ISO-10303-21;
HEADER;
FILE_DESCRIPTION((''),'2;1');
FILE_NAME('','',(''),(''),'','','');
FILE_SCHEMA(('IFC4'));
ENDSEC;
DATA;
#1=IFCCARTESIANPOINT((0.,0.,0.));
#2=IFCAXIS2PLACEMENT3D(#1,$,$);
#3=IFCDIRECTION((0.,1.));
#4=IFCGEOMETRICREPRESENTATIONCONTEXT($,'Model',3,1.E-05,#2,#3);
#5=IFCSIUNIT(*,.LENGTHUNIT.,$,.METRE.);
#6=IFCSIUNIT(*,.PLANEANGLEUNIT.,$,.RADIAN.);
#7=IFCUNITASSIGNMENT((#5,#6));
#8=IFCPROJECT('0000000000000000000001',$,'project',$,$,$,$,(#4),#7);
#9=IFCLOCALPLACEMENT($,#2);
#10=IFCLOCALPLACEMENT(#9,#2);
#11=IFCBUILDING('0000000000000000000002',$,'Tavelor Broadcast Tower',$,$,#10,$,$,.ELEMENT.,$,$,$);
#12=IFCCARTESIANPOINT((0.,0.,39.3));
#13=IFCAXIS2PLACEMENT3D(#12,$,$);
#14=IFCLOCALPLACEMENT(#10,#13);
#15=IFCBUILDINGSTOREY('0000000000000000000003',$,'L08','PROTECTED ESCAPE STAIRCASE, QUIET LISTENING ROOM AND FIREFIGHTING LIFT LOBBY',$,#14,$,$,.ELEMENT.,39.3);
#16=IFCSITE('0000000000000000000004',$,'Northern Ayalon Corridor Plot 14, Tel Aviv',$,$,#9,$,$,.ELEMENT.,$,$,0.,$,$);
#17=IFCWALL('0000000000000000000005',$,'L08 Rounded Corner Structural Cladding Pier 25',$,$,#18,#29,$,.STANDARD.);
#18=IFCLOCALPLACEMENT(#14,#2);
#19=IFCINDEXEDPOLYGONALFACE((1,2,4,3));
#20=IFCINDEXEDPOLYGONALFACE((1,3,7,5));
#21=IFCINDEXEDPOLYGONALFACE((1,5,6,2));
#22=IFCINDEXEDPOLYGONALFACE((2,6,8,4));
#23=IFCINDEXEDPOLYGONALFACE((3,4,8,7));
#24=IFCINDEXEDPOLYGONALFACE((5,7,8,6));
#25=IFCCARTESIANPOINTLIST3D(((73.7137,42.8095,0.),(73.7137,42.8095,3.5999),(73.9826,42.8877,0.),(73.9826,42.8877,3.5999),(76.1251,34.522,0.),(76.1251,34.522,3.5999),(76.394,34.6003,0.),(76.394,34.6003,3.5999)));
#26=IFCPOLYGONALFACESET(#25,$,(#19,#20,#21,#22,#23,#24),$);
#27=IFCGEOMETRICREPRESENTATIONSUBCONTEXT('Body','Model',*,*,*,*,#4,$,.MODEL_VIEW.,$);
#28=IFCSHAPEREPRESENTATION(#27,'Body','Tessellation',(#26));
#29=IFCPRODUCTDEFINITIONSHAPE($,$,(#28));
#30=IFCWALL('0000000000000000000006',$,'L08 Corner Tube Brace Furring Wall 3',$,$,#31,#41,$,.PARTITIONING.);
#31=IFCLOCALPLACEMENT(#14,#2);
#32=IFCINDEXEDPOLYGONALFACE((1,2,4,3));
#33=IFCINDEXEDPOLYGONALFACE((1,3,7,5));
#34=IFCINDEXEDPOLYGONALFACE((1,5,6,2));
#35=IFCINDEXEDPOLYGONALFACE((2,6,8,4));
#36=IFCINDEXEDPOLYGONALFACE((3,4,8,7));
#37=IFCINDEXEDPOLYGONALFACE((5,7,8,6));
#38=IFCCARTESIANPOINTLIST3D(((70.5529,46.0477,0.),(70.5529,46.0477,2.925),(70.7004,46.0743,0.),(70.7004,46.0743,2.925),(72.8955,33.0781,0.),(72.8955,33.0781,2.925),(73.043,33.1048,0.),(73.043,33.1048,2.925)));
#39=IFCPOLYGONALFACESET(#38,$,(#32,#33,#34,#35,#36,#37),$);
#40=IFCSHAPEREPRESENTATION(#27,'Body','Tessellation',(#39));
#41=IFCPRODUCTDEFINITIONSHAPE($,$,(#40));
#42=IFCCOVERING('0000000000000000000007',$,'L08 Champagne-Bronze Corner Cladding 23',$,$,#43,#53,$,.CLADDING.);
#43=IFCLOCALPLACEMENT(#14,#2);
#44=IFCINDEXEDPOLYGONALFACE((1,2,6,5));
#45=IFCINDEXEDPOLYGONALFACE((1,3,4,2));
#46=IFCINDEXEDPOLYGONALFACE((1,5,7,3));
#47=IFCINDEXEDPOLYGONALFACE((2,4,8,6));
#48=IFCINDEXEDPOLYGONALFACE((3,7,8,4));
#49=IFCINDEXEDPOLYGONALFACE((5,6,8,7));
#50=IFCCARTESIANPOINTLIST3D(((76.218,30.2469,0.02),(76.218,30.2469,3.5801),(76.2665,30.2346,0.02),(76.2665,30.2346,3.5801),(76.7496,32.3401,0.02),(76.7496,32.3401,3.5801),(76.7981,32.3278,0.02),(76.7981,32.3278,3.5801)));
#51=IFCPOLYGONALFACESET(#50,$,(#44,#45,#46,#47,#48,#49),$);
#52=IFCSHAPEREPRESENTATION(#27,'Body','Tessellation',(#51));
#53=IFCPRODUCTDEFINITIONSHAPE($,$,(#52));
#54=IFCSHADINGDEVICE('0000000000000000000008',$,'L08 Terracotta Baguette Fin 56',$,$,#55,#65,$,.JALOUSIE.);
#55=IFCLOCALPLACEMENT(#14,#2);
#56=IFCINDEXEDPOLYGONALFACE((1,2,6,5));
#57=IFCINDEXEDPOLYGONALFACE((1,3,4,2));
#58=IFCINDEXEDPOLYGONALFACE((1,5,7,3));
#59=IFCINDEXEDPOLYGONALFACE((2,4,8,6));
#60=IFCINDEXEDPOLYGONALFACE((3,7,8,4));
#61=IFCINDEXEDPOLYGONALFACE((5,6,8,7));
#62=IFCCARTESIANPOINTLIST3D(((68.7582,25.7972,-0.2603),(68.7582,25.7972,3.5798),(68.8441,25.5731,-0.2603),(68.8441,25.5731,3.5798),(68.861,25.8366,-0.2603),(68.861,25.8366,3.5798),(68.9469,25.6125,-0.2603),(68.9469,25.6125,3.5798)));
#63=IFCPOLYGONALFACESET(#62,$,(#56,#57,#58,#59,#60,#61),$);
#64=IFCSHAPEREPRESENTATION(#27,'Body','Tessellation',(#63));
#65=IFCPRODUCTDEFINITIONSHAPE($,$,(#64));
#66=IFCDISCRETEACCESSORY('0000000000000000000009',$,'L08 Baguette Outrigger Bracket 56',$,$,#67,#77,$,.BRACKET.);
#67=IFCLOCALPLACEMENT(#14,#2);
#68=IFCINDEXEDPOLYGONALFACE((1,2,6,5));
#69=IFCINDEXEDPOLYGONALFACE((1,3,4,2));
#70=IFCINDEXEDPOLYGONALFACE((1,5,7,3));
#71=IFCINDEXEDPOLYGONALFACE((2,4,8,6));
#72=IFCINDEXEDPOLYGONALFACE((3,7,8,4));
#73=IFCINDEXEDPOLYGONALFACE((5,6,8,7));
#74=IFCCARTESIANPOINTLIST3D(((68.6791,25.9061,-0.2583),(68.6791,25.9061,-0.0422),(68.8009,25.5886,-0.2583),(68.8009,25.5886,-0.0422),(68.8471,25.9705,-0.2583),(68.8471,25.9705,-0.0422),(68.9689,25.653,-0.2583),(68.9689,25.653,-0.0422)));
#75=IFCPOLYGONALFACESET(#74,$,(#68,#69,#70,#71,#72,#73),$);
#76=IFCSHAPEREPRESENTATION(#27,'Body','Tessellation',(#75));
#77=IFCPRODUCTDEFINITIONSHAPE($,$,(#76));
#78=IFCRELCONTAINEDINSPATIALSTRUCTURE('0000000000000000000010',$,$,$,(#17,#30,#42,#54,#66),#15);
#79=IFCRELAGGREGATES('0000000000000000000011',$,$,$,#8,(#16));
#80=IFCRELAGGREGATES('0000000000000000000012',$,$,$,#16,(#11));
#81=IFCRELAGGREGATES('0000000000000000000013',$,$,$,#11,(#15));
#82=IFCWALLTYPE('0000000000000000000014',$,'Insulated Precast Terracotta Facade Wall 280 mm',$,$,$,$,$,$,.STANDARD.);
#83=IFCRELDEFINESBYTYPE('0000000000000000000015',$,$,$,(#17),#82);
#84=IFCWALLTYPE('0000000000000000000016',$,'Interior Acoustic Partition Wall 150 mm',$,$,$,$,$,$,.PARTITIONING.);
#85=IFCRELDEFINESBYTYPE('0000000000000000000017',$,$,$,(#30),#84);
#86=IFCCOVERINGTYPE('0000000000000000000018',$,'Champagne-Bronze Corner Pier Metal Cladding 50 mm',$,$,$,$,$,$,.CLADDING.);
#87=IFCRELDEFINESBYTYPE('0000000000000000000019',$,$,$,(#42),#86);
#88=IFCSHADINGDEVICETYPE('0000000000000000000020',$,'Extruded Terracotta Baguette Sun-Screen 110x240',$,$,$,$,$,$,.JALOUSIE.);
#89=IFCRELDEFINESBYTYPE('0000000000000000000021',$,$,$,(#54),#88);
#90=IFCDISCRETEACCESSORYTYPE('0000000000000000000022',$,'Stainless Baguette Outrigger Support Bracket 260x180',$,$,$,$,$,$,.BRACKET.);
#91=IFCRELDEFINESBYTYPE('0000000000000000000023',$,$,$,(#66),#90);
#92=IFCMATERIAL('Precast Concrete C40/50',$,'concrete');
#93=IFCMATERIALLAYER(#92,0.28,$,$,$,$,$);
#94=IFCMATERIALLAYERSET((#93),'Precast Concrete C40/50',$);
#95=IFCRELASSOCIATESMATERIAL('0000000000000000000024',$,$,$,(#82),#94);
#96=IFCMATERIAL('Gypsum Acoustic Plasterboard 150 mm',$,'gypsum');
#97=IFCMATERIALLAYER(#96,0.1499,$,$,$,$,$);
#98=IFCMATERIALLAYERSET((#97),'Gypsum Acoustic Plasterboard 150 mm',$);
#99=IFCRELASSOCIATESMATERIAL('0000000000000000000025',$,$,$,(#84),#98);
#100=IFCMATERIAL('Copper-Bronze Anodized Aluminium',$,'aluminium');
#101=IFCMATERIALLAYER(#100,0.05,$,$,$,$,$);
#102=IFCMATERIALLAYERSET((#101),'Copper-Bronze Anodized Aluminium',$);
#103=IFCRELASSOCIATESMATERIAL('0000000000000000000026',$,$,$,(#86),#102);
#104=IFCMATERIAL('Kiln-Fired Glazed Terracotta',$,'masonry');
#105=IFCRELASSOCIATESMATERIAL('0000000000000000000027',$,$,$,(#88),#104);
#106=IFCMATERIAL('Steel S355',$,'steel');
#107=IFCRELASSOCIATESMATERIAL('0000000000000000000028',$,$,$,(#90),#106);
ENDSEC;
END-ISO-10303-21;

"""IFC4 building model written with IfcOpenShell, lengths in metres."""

from ifc_helpers import new_model, si_unit, direction, frame, frame_2d, origin, origin_2d, place, context, subcontext, project, spatial, rectangle, extrude, source, transform, mapped, material, layer, layer_set, type_object, type_shapes, element, save


model = new_model("IFC4")

# Units and contexts
model_context = context("Model", 3, precision=1e-05, world=origin(), true_north=direction((0.0, 1.0)))
body_context = subcontext(model_context, "Body", "Model", "MODEL_VIEW")
ifc_project = project(units=[si_unit("LENGTHUNIT", "METRE"), si_unit("PLANEANGLEUNIT", "RADIAN")], contexts=[model_context])

# Site, building, storey
site_placement = place(None, origin())
site = spatial("IfcSite", under=ifc_project, at=site_placement, Name="Northern Ayalon Corridor Plot 14, Tel Aviv", CompositionType="ELEMENT", RefElevation=0.0)
building_placement = place(site_placement, origin())
building = spatial("IfcBuilding", under=site, at=building_placement, Name="Tavelor Broadcast Tower", CompositionType="ELEMENT")
storey_placement = place(building_placement, frame((0.0, 0.0, 39.3)))
storey = spatial("IfcBuildingStorey", under=building, at=storey_placement, Name="L08", Description="PROTECTED ESCAPE STAIRCASE, QUIET LISTENING ROOM AND FIREFIGHTING LIFT LOBBY", CompositionType="ELEMENT", Elevation=39.3)

# Shared definitions
ifc_material_1 = material(Name="Steel S355", Category="steel")

# Walls
ifc_material_2 = material(Name="Precast Concrete C40/50", Category="concrete")
ifc_layer_1 = layer(ifc_material_2, 0.28)
ifc_layer_set_1 = layer_set([ifc_layer_1], Name="Precast Concrete C40/50")
wall_type_1 = type_object("IfcWallType", Name="Insulated Precast Terracotta Facade Wall 280 mm", PredefinedType="STANDARD", material=ifc_layer_set_1)
wall_1_placement = place(storey_placement, frame((76.2595, 34.5613, 0.0), z_axis=(0.0, 0.0, 1.0), x_axis=(-0.279384, 0.960179, 0.0)))
element("IfcWall", 1, at=wall_1_placement, inside=storey, type_object=wall_type_1, Name="L08 Rounded Corner Structural Cladding Pier 25", PredefinedType="STANDARD", context=body_context, shape_type="SweptSolid", body=[
    extrude(rectangle(XDim=8.6311, YDim=0.28, at=frame_2d((4.3154, 0.0))), origin(), (0.0, 0.0, 1.0), 3.5999),
])
ifc_material_3 = material(Name="Gypsum Acoustic Plasterboard 150 mm", Category="gypsum")
ifc_layer_2 = layer(ifc_material_3, 0.1499)
ifc_layer_set_2 = layer_set([ifc_layer_2], Name="Gypsum Acoustic Plasterboard 150 mm")
wall_type_2 = type_object("IfcWallType", Name="Interior Acoustic Partition Wall 150 mm", PredefinedType="PARTITIONING", material=ifc_layer_set_2)
wall_2_placement = place(storey_placement, frame((72.9692, 33.0913, 0.0), z_axis=(0.0, 0.0, 1.0), x_axis=(-0.177743, 0.984077, 0.0)))
element("IfcWall", 2, at=wall_2_placement, inside=storey, type_object=wall_type_2, Name="L08 Corner Tube Brace Furring Wall 3", PredefinedType="PARTITIONING", context=body_context, shape_type="SweptSolid", body=[
    extrude(rectangle(XDim=13.1794, YDim=0.1499, at=frame_2d((6.5898, 0.0))), origin(), (0.0, 0.0, 1.0), 2.925),
])

# Covering
ifc_material_4 = material(Name="Copper-Bronze Anodized Aluminium", Category="aluminium")
ifc_layer_3 = layer(ifc_material_4, 0.05)
ifc_layer_set_3 = layer_set([ifc_layer_3], Name="Copper-Bronze Anodized Aluminium")
covering_type = type_object("IfcCoveringType", Name="Champagne-Bronze Corner Pier Metal Cladding 50 mm", PredefinedType="CLADDING", material=ifc_layer_set_3)
covering_placement = place(storey_placement, frame((76.5081, 31.2874, 0.02), z_axis=(0.0, 0.0, 1.0), x_axis=(0.246153, 0.969231, 0.0)))
element("IfcCovering", 3, at=covering_placement, inside=storey, type_object=covering_type, Name="L08 Champagne-Bronze Corner Cladding 23", PredefinedType="CLADDING", context=body_context, shape_type="SweptSolid", body=[
    extrude(rectangle(XDim=2.1597, YDim=0.05, at=origin_2d()), origin(), (0.0, 0.0, 1.0), 3.5601),
])

# Shading device
ifc_material_5 = material(Name="Kiln-Fired Glazed Terracotta", Category="masonry")
shading_device_type = type_object("IfcShadingDeviceType", Name="Extruded Terracotta Baguette Sun-Screen 110x240", PredefinedType="JALOUSIE", material=ifc_material_5)
shared_shape_1 = source(origin(), body_context, "Body", "SweptSolid", [
    extrude(rectangle(XDim=0.1101, YDim=0.24, at=origin_2d()), origin(), (0.0, 0.0, 1.0), 3.8401),
])
type_shapes(shading_device_type, [shared_shape_1])
shading_device_placement = place(storey_placement, frame((68.8525, 25.7048, -0.2603), z_axis=(0.0, 0.0, 1.0), x_axis=(0.933705, 0.358042, 0.0)))
element("IfcShadingDevice", 4, at=shading_device_placement, inside=storey, type_object=shading_device_type, Name="L08 Terracotta Baguette Fin 56", PredefinedType="JALOUSIE", context=body_context, shape_type="MappedRepresentation", body=[
    mapped(shared_shape_1, transform((0.0, 0.0, 0.0), scale=1.0)),
])

# Discrete accessory
discrete_accessory_type = type_object("IfcDiscreteAccessoryType", Name="Stainless Baguette Outrigger Support Bracket 260x180", PredefinedType="BRACKET", material=ifc_material_1)
shared_shape_2 = source(origin(), body_context, "Body", "SweptSolid", [
    extrude(rectangle(XDim=0.1799, YDim=0.3401, at=origin_2d()), origin(), (0.0, 0.0, 1.0), 0.2161),
])
type_shapes(discrete_accessory_type, [shared_shape_2])
discrete_accessory_placement = place(storey_placement, frame((68.824, 25.7795, -0.2583), z_axis=(0.0, 0.0, 1.0), x_axis=(0.933705, 0.358042, 0.0)))
element("IfcDiscreteAccessory", 5, at=discrete_accessory_placement, inside=storey, type_object=discrete_accessory_type, Name="L08 Baguette Outrigger Bracket 56", PredefinedType="BRACKET", context=body_context, shape_type="MappedRepresentation", body=[
    mapped(shared_shape_2, transform((0.0, 0.0, 0.0), scale=1.0)),
])

save(model, "model.ifc")
